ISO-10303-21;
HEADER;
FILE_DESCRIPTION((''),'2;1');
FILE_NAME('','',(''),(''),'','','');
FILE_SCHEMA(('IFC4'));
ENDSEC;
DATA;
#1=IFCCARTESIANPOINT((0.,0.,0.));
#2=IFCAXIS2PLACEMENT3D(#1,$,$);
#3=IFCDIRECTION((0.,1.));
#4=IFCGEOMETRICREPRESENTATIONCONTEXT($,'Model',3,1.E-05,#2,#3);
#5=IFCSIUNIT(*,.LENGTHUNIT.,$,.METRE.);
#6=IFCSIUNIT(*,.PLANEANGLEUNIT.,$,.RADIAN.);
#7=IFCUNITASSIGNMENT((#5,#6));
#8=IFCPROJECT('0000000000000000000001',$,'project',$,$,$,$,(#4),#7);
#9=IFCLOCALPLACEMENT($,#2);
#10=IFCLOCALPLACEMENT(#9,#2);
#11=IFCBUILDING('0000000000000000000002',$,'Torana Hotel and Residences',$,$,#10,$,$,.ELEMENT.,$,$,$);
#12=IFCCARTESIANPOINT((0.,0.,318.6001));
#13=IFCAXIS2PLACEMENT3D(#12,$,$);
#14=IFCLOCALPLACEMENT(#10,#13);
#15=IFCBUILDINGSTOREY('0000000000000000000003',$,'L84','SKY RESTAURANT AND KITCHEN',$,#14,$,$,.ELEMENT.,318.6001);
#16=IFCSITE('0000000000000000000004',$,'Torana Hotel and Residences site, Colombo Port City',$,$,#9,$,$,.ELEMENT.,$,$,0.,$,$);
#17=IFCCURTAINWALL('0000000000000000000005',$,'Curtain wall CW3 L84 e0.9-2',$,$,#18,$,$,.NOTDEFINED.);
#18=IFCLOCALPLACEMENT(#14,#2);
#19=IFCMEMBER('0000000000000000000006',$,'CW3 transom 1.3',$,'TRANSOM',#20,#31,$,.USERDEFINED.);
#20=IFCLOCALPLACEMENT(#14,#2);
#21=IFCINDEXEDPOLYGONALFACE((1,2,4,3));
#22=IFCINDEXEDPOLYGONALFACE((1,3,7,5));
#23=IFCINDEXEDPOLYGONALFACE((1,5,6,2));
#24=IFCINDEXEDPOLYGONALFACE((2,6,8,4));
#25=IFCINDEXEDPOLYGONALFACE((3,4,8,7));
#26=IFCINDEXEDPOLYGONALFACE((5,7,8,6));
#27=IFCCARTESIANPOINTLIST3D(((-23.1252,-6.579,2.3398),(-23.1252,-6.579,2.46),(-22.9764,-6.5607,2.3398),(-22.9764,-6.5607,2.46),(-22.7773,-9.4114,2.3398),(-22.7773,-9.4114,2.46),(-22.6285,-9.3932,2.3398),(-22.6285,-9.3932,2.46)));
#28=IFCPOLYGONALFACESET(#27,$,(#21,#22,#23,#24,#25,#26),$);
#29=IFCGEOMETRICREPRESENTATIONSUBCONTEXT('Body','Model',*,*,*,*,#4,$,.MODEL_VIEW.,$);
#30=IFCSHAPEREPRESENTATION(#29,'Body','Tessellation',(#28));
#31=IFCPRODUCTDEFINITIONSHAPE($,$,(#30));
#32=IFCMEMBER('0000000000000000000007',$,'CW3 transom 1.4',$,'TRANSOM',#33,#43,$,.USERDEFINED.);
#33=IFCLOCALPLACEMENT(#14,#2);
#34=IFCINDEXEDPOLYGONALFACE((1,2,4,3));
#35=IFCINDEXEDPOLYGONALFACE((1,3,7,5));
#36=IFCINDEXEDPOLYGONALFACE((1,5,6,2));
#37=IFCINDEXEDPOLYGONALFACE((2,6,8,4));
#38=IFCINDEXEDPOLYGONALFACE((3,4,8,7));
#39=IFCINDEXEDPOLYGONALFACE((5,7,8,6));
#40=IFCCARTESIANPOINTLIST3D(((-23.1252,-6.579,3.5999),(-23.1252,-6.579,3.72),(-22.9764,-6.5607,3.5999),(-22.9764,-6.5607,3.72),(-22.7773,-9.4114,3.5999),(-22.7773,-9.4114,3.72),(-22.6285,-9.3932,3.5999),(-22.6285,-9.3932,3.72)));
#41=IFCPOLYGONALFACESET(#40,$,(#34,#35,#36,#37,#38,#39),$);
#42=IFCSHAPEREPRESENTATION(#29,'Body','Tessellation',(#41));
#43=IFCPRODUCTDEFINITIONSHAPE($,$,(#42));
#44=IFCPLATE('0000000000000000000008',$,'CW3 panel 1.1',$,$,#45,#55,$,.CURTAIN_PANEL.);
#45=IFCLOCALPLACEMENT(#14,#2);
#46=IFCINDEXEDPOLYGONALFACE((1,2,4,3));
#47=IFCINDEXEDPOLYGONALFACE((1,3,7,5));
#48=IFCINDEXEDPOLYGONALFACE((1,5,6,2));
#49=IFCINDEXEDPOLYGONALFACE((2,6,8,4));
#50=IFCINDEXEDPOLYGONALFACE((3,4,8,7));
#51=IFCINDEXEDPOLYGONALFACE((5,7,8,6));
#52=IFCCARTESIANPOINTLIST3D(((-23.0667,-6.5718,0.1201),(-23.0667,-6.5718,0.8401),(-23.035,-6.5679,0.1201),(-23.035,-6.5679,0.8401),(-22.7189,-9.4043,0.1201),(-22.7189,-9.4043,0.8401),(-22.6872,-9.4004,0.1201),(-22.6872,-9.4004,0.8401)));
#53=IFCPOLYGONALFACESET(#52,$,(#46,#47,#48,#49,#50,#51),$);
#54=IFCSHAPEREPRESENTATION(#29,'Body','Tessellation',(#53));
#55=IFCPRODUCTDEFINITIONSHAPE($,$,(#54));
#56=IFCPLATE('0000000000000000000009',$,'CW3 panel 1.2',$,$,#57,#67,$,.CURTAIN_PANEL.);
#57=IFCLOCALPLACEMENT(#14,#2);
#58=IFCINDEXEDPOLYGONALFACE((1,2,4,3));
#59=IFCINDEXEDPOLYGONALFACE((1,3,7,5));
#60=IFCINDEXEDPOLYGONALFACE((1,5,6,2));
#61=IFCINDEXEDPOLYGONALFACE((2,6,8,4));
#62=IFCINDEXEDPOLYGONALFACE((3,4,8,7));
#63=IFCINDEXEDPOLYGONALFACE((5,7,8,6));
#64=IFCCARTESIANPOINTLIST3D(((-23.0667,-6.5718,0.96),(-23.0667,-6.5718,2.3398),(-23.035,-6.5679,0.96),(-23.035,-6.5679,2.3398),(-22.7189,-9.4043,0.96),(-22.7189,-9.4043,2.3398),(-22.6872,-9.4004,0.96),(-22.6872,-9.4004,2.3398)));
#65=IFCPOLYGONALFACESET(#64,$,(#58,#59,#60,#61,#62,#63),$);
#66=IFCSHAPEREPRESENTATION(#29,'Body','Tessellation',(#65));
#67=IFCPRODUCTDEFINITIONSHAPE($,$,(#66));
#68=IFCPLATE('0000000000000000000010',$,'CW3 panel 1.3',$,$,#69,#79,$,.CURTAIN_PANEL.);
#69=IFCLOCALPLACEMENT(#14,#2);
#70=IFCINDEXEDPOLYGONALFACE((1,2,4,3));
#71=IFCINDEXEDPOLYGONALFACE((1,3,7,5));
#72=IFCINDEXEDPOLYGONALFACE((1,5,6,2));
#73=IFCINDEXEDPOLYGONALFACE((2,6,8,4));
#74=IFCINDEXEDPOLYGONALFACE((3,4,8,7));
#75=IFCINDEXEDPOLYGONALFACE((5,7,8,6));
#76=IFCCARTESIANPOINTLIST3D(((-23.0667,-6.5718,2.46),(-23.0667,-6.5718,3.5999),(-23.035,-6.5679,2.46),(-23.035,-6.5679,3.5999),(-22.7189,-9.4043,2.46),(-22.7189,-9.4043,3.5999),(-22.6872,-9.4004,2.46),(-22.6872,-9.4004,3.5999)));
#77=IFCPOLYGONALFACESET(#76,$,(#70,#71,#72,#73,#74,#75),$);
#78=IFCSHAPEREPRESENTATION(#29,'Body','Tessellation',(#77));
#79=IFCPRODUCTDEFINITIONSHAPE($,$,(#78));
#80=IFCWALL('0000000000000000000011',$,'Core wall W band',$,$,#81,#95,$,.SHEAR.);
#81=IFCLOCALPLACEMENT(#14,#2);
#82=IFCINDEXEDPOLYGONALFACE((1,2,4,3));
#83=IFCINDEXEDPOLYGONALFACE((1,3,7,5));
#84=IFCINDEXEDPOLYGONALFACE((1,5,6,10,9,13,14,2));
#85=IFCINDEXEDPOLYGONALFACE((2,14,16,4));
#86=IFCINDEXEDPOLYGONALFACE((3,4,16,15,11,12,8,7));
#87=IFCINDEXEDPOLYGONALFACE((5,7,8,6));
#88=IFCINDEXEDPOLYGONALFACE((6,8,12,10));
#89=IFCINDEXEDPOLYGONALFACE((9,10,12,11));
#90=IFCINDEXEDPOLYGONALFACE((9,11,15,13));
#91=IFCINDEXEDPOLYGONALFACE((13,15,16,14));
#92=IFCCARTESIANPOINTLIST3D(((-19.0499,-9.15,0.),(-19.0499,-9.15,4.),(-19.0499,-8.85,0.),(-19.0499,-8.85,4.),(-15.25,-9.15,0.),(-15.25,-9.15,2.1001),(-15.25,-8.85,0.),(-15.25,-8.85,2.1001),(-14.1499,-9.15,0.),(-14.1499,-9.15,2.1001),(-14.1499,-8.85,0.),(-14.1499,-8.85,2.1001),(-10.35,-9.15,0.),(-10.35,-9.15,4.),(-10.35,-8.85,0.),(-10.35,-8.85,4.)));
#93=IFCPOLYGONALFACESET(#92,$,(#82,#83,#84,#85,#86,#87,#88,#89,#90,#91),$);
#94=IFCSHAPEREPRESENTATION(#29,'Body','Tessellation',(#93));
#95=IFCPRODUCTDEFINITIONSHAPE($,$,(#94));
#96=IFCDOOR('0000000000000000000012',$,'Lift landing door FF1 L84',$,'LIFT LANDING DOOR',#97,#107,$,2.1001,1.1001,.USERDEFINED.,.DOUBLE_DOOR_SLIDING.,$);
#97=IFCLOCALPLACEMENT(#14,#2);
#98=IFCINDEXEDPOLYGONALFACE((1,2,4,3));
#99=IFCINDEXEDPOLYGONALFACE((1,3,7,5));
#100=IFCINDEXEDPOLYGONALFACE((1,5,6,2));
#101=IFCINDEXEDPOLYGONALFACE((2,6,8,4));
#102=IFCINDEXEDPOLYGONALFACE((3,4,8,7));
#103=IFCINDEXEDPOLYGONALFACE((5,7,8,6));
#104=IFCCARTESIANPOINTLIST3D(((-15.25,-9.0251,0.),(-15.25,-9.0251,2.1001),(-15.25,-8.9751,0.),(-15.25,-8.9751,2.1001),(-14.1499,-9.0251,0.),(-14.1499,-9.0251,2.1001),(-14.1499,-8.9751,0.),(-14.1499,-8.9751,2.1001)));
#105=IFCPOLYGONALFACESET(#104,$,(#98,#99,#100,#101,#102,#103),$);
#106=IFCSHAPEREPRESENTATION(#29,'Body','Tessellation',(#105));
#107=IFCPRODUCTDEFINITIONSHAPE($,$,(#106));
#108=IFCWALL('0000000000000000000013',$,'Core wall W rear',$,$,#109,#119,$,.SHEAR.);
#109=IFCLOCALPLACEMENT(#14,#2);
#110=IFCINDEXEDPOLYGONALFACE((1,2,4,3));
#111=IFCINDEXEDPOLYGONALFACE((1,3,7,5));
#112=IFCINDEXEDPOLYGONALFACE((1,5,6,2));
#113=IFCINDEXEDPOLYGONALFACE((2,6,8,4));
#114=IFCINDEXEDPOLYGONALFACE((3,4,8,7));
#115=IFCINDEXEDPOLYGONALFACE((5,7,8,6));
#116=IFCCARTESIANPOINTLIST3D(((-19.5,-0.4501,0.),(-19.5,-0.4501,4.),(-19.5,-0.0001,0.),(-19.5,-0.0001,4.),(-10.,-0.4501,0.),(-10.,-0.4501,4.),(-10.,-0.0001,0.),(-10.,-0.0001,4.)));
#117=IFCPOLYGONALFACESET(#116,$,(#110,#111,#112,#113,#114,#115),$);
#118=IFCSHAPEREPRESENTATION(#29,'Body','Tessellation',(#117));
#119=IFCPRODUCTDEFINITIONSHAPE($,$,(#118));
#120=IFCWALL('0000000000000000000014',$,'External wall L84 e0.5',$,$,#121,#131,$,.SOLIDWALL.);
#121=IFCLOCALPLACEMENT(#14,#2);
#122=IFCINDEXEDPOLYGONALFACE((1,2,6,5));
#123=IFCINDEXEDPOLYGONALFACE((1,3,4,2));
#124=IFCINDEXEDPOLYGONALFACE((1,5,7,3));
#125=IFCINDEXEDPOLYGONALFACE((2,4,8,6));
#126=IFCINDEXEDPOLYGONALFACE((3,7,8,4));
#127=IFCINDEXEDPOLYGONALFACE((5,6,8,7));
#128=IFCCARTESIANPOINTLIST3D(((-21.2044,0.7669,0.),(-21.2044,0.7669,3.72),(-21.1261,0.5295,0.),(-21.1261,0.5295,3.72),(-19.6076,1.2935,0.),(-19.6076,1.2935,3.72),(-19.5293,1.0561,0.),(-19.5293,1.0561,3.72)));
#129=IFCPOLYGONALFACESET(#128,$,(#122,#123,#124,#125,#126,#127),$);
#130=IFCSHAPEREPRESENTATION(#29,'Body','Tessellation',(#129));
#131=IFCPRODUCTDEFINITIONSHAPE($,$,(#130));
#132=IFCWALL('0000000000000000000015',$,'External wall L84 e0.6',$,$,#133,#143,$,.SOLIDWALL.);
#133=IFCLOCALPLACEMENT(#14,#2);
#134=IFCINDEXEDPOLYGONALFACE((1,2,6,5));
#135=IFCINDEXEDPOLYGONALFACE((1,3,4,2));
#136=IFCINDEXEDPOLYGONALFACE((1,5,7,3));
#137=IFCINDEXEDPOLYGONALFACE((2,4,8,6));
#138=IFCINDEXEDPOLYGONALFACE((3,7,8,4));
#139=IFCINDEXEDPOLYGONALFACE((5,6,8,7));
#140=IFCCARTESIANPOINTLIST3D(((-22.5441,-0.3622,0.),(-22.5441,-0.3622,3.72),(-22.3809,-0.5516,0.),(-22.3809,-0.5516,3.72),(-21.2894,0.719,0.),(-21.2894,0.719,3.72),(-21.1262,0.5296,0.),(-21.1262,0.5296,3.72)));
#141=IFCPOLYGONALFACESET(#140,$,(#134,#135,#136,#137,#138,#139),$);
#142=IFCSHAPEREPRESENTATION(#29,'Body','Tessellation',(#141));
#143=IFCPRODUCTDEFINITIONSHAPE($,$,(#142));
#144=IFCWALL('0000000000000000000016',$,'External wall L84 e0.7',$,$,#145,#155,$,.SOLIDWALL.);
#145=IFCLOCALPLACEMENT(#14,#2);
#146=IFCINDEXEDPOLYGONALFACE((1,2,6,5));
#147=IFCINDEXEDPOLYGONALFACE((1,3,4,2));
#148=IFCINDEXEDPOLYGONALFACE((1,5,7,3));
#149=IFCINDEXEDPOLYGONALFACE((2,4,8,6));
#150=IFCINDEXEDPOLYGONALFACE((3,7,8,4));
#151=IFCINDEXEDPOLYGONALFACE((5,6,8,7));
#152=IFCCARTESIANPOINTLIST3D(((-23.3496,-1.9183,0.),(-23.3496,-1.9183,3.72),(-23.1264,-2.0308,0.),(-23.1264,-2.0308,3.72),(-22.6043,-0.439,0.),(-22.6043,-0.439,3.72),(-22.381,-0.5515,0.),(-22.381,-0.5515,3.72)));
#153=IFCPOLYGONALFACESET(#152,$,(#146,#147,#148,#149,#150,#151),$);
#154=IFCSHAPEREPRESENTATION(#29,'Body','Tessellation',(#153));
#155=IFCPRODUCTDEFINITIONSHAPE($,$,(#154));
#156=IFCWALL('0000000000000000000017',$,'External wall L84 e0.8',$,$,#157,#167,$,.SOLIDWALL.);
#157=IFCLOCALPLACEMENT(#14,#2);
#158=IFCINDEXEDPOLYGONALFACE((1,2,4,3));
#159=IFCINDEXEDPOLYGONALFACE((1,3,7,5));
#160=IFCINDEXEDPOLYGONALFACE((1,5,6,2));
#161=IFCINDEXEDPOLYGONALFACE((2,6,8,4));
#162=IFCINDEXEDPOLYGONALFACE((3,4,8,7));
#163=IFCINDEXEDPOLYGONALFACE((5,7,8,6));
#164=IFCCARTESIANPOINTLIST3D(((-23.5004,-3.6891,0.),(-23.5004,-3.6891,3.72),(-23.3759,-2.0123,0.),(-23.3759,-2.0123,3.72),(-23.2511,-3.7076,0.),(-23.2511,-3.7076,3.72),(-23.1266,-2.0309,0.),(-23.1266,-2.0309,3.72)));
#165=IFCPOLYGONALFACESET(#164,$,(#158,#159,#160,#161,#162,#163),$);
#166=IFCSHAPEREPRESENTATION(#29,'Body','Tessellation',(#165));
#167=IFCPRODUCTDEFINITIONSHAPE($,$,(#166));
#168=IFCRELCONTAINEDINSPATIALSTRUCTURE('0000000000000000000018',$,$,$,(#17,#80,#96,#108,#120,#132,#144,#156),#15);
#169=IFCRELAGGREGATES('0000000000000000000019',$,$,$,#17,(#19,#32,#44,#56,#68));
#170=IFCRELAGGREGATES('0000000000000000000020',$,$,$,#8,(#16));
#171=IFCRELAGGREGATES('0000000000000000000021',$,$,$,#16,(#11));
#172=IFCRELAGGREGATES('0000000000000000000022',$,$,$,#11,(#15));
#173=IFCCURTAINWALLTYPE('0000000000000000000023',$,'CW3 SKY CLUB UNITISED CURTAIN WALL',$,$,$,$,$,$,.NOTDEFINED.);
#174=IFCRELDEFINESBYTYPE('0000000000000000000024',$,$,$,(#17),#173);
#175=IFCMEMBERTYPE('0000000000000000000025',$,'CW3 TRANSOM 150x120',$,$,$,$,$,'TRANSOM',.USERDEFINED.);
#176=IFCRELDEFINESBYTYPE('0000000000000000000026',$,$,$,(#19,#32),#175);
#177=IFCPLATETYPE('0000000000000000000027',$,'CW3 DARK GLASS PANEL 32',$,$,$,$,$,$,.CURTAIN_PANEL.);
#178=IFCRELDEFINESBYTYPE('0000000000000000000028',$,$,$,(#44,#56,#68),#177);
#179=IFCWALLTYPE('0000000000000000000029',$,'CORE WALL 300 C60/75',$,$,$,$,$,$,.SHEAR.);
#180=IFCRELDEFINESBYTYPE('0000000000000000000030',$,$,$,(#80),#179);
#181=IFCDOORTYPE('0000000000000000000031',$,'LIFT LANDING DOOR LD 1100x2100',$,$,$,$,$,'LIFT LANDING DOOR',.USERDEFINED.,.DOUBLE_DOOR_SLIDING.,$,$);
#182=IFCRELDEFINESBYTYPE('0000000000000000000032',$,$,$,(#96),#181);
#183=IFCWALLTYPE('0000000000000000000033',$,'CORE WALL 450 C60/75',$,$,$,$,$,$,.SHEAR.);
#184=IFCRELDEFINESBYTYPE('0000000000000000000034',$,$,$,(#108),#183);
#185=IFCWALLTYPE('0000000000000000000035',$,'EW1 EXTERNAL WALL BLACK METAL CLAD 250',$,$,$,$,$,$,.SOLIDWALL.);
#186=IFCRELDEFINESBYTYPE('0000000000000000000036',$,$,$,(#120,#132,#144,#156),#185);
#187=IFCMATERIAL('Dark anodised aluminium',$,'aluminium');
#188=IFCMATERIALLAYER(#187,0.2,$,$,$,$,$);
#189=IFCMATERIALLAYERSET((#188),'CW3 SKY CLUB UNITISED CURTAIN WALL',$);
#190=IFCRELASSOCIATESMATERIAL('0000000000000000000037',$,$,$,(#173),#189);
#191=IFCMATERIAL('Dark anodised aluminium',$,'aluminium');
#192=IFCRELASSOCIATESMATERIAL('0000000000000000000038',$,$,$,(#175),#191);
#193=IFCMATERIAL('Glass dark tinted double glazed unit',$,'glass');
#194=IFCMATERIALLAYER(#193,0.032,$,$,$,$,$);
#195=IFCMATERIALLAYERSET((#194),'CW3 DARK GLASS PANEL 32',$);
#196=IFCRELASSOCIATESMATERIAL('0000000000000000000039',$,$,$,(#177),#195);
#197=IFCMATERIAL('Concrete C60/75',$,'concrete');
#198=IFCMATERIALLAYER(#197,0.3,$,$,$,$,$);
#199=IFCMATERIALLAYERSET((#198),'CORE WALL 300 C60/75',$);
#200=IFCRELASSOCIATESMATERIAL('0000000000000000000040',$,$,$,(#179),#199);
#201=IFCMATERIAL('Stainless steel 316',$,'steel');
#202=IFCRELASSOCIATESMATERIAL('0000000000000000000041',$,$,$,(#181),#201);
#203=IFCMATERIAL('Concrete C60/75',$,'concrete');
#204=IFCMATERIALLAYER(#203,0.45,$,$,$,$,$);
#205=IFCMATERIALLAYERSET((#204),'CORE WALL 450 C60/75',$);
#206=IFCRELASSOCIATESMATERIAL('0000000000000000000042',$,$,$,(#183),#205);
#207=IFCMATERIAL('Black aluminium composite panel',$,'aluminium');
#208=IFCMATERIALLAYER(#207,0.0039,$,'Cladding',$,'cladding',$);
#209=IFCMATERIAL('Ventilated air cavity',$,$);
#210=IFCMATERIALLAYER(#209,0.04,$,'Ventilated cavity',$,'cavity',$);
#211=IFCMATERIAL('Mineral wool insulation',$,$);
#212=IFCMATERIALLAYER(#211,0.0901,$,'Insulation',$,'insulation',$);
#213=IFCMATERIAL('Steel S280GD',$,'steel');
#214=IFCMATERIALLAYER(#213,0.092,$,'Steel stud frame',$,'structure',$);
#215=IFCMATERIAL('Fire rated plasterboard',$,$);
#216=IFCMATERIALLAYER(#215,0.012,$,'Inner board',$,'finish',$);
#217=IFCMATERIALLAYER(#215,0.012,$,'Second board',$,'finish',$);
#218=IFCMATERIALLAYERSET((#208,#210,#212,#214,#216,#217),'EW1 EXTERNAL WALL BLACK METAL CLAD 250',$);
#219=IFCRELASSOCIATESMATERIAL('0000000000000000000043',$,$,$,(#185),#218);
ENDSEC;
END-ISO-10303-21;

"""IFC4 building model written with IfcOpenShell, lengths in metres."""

from ifc_helpers import new_model, si_unit, direction, frame, frame_2d, origin, origin_2d, place, context, subcontext, project, spatial, rectangle, extrude, material, layer, layer_set, material_profile, profile_set, type_object, element, fill, aggregate, save


model = new_model("IFC4")

# Units and contexts
model_context = context("Model", 3, precision=1e-05, world=origin(), true_north=direction((0.0, 1.0)))
body_context = subcontext(model_context, "Body", "Model", "MODEL_VIEW")
ifc_project = project(units=[si_unit("LENGTHUNIT", "METRE"), si_unit("PLANEANGLEUNIT", "RADIAN")], contexts=[model_context])

# Site, building, storey
site_placement = place(None, origin())
site = spatial("IfcSite", under=ifc_project, at=site_placement, Name="Torana Hotel and Residences site, Colombo Port City", CompositionType="ELEMENT", RefElevation=0.0)
building_placement = place(site_placement, origin())
building = spatial("IfcBuilding", under=site, at=building_placement, Name="Torana Hotel and Residences", CompositionType="ELEMENT")
storey_placement = place(building_placement, frame((0.0, 0.0, 318.6001)))
storey = spatial("IfcBuildingStorey", under=building, at=storey_placement, Name="L84", Description="SKY RESTAURANT AND KITCHEN", CompositionType="ELEMENT", Elevation=318.6001)

# Curtain wall, members, plates
ifc_material_1 = material(Name="Dark anodised aluminium", Category="aluminium")
ifc_layer_1 = layer(ifc_material_1, 0.2)
ifc_layer_set_1 = layer_set([ifc_layer_1], Name="CW3 SKY CLUB UNITISED CURTAIN WALL")
curtain_wall_type = type_object("IfcCurtainWallType", Name="CW3 SKY CLUB UNITISED CURTAIN WALL", PredefinedType="NOTDEFINED", material=ifc_layer_set_1)
curtain_wall_placement = place(storey_placement, origin())
curtain_wall = element("IfcCurtainWall", 1, at=curtain_wall_placement, inside=storey, type_object=curtain_wall_type, Name="Curtain wall CW3 L84 e0.9-2", PredefinedType="NOTDEFINED")
ifc_material_2 = material(Name="Dark anodised aluminium", Category="aluminium")
ifc_material_profile_1 = material_profile(ifc_material_2, rectangle(XDim=0.1499, YDim=0.1201, at=origin_2d()), Name="CW3 TRANSOM 150x120")
ifc_profile_set_1 = profile_set([ifc_material_profile_1], Name="Dark anodised aluminium")
member_type_1 = type_object("IfcMemberType", Name="CW3 TRANSOM 150x120", ElementType="TRANSOM", PredefinedType="USERDEFINED", material=ifc_profile_set_1)
member_1_placement = place(storey_placement, frame((-23.0508, -6.5698, 2.3999), z_axis=(0.121908, -0.992541, 0.0), x_axis=(0.992541, 0.121908, 0.0)))
member_1 = element("IfcMember", 2, at=member_1_placement, type_object=member_type_1, Name="CW3 transom 1.3", ObjectType="TRANSOM", PredefinedType="USERDEFINED", context=body_context, shape_type="SweptSolid", body=[
    extrude(rectangle(XDim=0.1499, YDim=0.1201, at=origin_2d()), origin(), (0.0, 0.0, 1.0), 2.8538),
])
member_2_placement = place(storey_placement, frame((-23.0508, -6.5698, 3.6599), z_axis=(0.121908, -0.992541, 0.0), x_axis=(0.992541, 0.121908, 0.0)))
member_2 = element("IfcMember", 3, at=member_2_placement, type_object=member_type_1, Name="CW3 transom 1.4", ObjectType="TRANSOM", PredefinedType="USERDEFINED", context=body_context, shape_type="SweptSolid", body=[
    extrude(rectangle(XDim=0.1499, YDim=0.1201, at=origin_2d()), origin(), (0.0, 0.0, 1.0), 2.8538),
])
ifc_material_3 = material(Name="Glass dark tinted double glazed unit", Category="glass")
ifc_layer_2 = layer(ifc_material_3, 0.032)
ifc_layer_set_2 = layer_set([ifc_layer_2], Name="CW3 DARK GLASS PANEL 32")
plate_type = type_object("IfcPlateType", Name="CW3 DARK GLASS PANEL 32", PredefinedType="CURTAIN_PANEL", material=ifc_layer_set_2)
plate_1_placement = place(storey_placement, frame((-22.877, -7.9861, 0.1201), z_axis=(0.0, 0.0, 1.0), x_axis=(0.121876, -0.992545, 0.0)))
plate_1 = element("IfcPlate", 4, at=plate_1_placement, type_object=plate_type, Name="CW3 panel 1.1", PredefinedType="CURTAIN_PANEL", context=body_context, shape_type="SweptSolid", body=[
    extrude(rectangle(XDim=2.8538, YDim=0.032, at=origin_2d()), origin(), (0.0, 0.0, 1.0), 0.72),
])
plate_2_placement = place(storey_placement, frame((-22.877, -7.9861, 0.96), z_axis=(0.0, 0.0, 1.0), x_axis=(0.121876, -0.992545, 0.0)))
plate_2 = element("IfcPlate", 5, at=plate_2_placement, type_object=plate_type, Name="CW3 panel 1.2", PredefinedType="CURTAIN_PANEL", context=body_context, shape_type="SweptSolid", body=[
    extrude(rectangle(XDim=2.8538, YDim=0.032, at=origin_2d()), origin(), (0.0, 0.0, 1.0), 1.3799),
])
plate_3_placement = place(storey_placement, frame((-22.877, -7.9861, 2.46), z_axis=(0.0, 0.0, 1.0), x_axis=(0.121876, -0.992545, 0.0)))
plate_3 = element("IfcPlate", 6, at=plate_3_placement, type_object=plate_type, Name="CW3 panel 1.3", PredefinedType="CURTAIN_PANEL", context=body_context, shape_type="SweptSolid", body=[
    extrude(rectangle(XDim=2.8538, YDim=0.032, at=origin_2d()), origin(), (0.0, 0.0, 1.0), 1.1399),
])
aggregate(curtain_wall, [member_1, member_2, plate_1, plate_2, plate_3])

# Wall, opening, door
ifc_material_4 = material(Name="Concrete C60/75", Category="concrete")
ifc_layer_3 = layer(ifc_material_4, 0.3)
ifc_layer_set_3 = layer_set([ifc_layer_3], Name="CORE WALL 300 C60/75")
wall_type_1 = type_object("IfcWallType", Name="CORE WALL 300 C60/75", PredefinedType="SHEAR", material=ifc_layer_set_3)
wall_1_placement = place(storey_placement, frame((-19.05, -9.0, 0.0), z_axis=(0.0, 0.0, 1.0), x_axis=(1.0, 0.0, 0.0)))
wall_1 = element("IfcWall", 7, at=wall_1_placement, inside=storey, type_object=wall_type_1, Name="Core wall W band", PredefinedType="SHEAR", context=body_context, shape_type="SweptSolid", body=[
    extrude(rectangle(XDim=8.7, YDim=0.3, at=frame_2d((4.3501, 0.0))), origin(), (0.0, 0.0, 1.0), 4.0),
])
opening_1_placement = place(wall_1_placement, frame((3.8, 0.0, 0.0)))
opening_1 = element("IfcOpeningElement", 8, at=opening_1_placement, cuts=wall_1, PredefinedType="OPENING", context=body_context, shape_type="SweptSolid", body=[
    extrude(rectangle(XDim=1.1001, YDim=2.1001, at=frame_2d((0.55, 1.05))), frame((0.0, 0.1599, 0.0), z_axis=(0.0, -1.0, 0.0), x_axis=(1.0, 0.0, 0.0)), (0.0, 0.0, 1.0), 0.3201),
])
ifc_material_5 = material(Name="Stainless steel 316", Category="steel")
door_type_1 = type_object("IfcDoorType", Name="LIFT LANDING DOOR LD 1100x2100", ElementType="LIFT LANDING DOOR", OperationType="DOUBLE_DOOR_SLIDING", PredefinedType="USERDEFINED", material=ifc_material_5)
door_1_placement = place(opening_1_placement, origin())
door_1 = element("IfcDoor", 9, at=door_1_placement, inside=storey, type_object=door_type_1, Name="Lift landing door FF1 L84", ObjectType="LIFT LANDING DOOR", OperationType="DOUBLE_DOOR_SLIDING", OverallHeight=2.1001, OverallWidth=1.1001, PredefinedType="USERDEFINED", context=body_context, shape_type="SweptSolid", body=[
    extrude(rectangle(XDim=1.1001, YDim=2.1001, at=frame_2d((0.55, 1.05))), frame((0.0, 0.0249, 0.0), z_axis=(0.0, -1.0, 0.0), x_axis=(1.0, 0.0, 0.0)), (0.0, 0.0, 1.0), 0.05),
])
fill(opening_1, door_1)

# Walls
ifc_material_6 = material(Name="Concrete C60/75", Category="concrete")
ifc_layer_4 = layer(ifc_material_6, 0.45)
ifc_layer_set_4 = layer_set([ifc_layer_4], Name="CORE WALL 450 C60/75")
wall_type_2 = type_object("IfcWallType", Name="CORE WALL 450 C60/75", PredefinedType="SHEAR", material=ifc_layer_set_4)
wall_2_placement = place(storey_placement, frame((-19.5, -0.2251, 0.0), z_axis=(0.0, 0.0, 1.0), x_axis=(1.0, 0.0, 0.0)))
element("IfcWall", 10, at=wall_2_placement, inside=storey, type_object=wall_type_2, Name="Core wall W rear", PredefinedType="SHEAR", context=body_context, shape_type="SweptSolid", body=[
    extrude(rectangle(XDim=9.5, YDim=0.45, at=frame_2d((4.75, 0.0))), origin(), (0.0, 0.0, 1.0), 4.0),
])
ifc_material_7 = material(Name="Black aluminium composite panel", Category="aluminium")
ifc_layer_5 = layer(ifc_material_7, 0.0039, Name="Cladding", Category="cladding")
ifc_material_8 = material(Name="Ventilated air cavity")
ifc_layer_6 = layer(ifc_material_8, 0.04, Name="Ventilated cavity", Category="cavity")
ifc_material_9 = material(Name="Mineral wool insulation")
ifc_layer_7 = layer(ifc_material_9, 0.0901, Name="Insulation", Category="insulation")
ifc_material_10 = material(Name="Steel S280GD", Category="steel")
ifc_layer_8 = layer(ifc_material_10, 0.092, Name="Steel stud frame", Category="structure")
ifc_material_11 = material(Name="Fire rated plasterboard")
ifc_layer_9 = layer(ifc_material_11, 0.012, Name="Inner board", Category="finish")
ifc_layer_10 = layer(ifc_material_11, 0.012, Name="Second board", Category="finish")
ifc_layer_set_5 = layer_set([ifc_layer_5, ifc_layer_6, ifc_layer_7, ifc_layer_8, ifc_layer_9, ifc_layer_10], Name="EW1 EXTERNAL WALL BLACK METAL CLAD 250")
wall_type_3 = type_object("IfcWallType", Name="EW1 EXTERNAL WALL BLACK METAL CLAD 250", PredefinedType="SOLIDWALL", material=ifc_layer_set_5)
wall_3_placement = place(storey_placement, frame((-19.5684, 1.1748, 0.0), z_axis=(0.0, 0.0, 1.0), x_axis=(-0.949695, -0.313177, 0.0)))
element("IfcWall", 11, at=wall_3_placement, inside=storey, type_object=wall_type_3, Name="External wall L84 e0.5", PredefinedType="SOLIDWALL", context=body_context, shape_type="SweptSolid", body=[
    extrude(rectangle(XDim=1.6814, YDim=0.25, at=frame_2d((0.8408, 0.0))), origin(), (0.0, 0.0, 1.0), 3.72),
])
wall_4_placement = place(storey_placement, frame((-21.2078, 0.6243, 0.0), z_axis=(0.0, 0.0, 1.0), x_axis=(-0.757568, -0.652756, 0.0)))
element("IfcWall", 12, at=wall_4_placement, inside=storey, type_object=wall_type_3, Name="External wall L84 e0.6", PredefinedType="SOLIDWALL", context=body_context, shape_type="SweptSolid", body=[
    extrude(rectangle(XDim=1.6562, YDim=0.25, at=frame_2d((0.8281, 0.0))), origin(), (0.0, 0.0, 1.0), 3.72),
])
wall_5_placement = place(storey_placement, frame((-22.4927, -0.4954, 0.0), z_axis=(0.0, 0.0, 1.0), x_axis=(-0.449982, -0.893037, 0.0)))
element("IfcWall", 13, at=wall_5_placement, inside=storey, type_object=wall_type_3, Name="External wall L84 e0.7", PredefinedType="SOLIDWALL", context=body_context, shape_type="SweptSolid", body=[
    extrude(rectangle(XDim=1.6565, YDim=0.25, at=frame_2d((0.8281, 0.0))), origin(), (0.0, 0.0, 1.0), 3.72),
])
wall_6_placement = place(storey_placement, frame((-23.2512, -2.0215, 0.0), z_axis=(0.0, 0.0, 1.0), x_axis=(-0.074054, -0.997254, 0.0)))
element("IfcWall", 14, at=wall_6_placement, inside=storey, type_object=wall_type_3, Name="External wall L84 e0.8", PredefinedType="SOLIDWALL", context=body_context, shape_type="SweptSolid", body=[
    extrude(rectangle(XDim=1.6814, YDim=0.25, at=frame_2d((0.8408, 0.0))), origin(), (0.0, 0.0, 1.0), 3.72),
])

save(model, "model.ifc")
